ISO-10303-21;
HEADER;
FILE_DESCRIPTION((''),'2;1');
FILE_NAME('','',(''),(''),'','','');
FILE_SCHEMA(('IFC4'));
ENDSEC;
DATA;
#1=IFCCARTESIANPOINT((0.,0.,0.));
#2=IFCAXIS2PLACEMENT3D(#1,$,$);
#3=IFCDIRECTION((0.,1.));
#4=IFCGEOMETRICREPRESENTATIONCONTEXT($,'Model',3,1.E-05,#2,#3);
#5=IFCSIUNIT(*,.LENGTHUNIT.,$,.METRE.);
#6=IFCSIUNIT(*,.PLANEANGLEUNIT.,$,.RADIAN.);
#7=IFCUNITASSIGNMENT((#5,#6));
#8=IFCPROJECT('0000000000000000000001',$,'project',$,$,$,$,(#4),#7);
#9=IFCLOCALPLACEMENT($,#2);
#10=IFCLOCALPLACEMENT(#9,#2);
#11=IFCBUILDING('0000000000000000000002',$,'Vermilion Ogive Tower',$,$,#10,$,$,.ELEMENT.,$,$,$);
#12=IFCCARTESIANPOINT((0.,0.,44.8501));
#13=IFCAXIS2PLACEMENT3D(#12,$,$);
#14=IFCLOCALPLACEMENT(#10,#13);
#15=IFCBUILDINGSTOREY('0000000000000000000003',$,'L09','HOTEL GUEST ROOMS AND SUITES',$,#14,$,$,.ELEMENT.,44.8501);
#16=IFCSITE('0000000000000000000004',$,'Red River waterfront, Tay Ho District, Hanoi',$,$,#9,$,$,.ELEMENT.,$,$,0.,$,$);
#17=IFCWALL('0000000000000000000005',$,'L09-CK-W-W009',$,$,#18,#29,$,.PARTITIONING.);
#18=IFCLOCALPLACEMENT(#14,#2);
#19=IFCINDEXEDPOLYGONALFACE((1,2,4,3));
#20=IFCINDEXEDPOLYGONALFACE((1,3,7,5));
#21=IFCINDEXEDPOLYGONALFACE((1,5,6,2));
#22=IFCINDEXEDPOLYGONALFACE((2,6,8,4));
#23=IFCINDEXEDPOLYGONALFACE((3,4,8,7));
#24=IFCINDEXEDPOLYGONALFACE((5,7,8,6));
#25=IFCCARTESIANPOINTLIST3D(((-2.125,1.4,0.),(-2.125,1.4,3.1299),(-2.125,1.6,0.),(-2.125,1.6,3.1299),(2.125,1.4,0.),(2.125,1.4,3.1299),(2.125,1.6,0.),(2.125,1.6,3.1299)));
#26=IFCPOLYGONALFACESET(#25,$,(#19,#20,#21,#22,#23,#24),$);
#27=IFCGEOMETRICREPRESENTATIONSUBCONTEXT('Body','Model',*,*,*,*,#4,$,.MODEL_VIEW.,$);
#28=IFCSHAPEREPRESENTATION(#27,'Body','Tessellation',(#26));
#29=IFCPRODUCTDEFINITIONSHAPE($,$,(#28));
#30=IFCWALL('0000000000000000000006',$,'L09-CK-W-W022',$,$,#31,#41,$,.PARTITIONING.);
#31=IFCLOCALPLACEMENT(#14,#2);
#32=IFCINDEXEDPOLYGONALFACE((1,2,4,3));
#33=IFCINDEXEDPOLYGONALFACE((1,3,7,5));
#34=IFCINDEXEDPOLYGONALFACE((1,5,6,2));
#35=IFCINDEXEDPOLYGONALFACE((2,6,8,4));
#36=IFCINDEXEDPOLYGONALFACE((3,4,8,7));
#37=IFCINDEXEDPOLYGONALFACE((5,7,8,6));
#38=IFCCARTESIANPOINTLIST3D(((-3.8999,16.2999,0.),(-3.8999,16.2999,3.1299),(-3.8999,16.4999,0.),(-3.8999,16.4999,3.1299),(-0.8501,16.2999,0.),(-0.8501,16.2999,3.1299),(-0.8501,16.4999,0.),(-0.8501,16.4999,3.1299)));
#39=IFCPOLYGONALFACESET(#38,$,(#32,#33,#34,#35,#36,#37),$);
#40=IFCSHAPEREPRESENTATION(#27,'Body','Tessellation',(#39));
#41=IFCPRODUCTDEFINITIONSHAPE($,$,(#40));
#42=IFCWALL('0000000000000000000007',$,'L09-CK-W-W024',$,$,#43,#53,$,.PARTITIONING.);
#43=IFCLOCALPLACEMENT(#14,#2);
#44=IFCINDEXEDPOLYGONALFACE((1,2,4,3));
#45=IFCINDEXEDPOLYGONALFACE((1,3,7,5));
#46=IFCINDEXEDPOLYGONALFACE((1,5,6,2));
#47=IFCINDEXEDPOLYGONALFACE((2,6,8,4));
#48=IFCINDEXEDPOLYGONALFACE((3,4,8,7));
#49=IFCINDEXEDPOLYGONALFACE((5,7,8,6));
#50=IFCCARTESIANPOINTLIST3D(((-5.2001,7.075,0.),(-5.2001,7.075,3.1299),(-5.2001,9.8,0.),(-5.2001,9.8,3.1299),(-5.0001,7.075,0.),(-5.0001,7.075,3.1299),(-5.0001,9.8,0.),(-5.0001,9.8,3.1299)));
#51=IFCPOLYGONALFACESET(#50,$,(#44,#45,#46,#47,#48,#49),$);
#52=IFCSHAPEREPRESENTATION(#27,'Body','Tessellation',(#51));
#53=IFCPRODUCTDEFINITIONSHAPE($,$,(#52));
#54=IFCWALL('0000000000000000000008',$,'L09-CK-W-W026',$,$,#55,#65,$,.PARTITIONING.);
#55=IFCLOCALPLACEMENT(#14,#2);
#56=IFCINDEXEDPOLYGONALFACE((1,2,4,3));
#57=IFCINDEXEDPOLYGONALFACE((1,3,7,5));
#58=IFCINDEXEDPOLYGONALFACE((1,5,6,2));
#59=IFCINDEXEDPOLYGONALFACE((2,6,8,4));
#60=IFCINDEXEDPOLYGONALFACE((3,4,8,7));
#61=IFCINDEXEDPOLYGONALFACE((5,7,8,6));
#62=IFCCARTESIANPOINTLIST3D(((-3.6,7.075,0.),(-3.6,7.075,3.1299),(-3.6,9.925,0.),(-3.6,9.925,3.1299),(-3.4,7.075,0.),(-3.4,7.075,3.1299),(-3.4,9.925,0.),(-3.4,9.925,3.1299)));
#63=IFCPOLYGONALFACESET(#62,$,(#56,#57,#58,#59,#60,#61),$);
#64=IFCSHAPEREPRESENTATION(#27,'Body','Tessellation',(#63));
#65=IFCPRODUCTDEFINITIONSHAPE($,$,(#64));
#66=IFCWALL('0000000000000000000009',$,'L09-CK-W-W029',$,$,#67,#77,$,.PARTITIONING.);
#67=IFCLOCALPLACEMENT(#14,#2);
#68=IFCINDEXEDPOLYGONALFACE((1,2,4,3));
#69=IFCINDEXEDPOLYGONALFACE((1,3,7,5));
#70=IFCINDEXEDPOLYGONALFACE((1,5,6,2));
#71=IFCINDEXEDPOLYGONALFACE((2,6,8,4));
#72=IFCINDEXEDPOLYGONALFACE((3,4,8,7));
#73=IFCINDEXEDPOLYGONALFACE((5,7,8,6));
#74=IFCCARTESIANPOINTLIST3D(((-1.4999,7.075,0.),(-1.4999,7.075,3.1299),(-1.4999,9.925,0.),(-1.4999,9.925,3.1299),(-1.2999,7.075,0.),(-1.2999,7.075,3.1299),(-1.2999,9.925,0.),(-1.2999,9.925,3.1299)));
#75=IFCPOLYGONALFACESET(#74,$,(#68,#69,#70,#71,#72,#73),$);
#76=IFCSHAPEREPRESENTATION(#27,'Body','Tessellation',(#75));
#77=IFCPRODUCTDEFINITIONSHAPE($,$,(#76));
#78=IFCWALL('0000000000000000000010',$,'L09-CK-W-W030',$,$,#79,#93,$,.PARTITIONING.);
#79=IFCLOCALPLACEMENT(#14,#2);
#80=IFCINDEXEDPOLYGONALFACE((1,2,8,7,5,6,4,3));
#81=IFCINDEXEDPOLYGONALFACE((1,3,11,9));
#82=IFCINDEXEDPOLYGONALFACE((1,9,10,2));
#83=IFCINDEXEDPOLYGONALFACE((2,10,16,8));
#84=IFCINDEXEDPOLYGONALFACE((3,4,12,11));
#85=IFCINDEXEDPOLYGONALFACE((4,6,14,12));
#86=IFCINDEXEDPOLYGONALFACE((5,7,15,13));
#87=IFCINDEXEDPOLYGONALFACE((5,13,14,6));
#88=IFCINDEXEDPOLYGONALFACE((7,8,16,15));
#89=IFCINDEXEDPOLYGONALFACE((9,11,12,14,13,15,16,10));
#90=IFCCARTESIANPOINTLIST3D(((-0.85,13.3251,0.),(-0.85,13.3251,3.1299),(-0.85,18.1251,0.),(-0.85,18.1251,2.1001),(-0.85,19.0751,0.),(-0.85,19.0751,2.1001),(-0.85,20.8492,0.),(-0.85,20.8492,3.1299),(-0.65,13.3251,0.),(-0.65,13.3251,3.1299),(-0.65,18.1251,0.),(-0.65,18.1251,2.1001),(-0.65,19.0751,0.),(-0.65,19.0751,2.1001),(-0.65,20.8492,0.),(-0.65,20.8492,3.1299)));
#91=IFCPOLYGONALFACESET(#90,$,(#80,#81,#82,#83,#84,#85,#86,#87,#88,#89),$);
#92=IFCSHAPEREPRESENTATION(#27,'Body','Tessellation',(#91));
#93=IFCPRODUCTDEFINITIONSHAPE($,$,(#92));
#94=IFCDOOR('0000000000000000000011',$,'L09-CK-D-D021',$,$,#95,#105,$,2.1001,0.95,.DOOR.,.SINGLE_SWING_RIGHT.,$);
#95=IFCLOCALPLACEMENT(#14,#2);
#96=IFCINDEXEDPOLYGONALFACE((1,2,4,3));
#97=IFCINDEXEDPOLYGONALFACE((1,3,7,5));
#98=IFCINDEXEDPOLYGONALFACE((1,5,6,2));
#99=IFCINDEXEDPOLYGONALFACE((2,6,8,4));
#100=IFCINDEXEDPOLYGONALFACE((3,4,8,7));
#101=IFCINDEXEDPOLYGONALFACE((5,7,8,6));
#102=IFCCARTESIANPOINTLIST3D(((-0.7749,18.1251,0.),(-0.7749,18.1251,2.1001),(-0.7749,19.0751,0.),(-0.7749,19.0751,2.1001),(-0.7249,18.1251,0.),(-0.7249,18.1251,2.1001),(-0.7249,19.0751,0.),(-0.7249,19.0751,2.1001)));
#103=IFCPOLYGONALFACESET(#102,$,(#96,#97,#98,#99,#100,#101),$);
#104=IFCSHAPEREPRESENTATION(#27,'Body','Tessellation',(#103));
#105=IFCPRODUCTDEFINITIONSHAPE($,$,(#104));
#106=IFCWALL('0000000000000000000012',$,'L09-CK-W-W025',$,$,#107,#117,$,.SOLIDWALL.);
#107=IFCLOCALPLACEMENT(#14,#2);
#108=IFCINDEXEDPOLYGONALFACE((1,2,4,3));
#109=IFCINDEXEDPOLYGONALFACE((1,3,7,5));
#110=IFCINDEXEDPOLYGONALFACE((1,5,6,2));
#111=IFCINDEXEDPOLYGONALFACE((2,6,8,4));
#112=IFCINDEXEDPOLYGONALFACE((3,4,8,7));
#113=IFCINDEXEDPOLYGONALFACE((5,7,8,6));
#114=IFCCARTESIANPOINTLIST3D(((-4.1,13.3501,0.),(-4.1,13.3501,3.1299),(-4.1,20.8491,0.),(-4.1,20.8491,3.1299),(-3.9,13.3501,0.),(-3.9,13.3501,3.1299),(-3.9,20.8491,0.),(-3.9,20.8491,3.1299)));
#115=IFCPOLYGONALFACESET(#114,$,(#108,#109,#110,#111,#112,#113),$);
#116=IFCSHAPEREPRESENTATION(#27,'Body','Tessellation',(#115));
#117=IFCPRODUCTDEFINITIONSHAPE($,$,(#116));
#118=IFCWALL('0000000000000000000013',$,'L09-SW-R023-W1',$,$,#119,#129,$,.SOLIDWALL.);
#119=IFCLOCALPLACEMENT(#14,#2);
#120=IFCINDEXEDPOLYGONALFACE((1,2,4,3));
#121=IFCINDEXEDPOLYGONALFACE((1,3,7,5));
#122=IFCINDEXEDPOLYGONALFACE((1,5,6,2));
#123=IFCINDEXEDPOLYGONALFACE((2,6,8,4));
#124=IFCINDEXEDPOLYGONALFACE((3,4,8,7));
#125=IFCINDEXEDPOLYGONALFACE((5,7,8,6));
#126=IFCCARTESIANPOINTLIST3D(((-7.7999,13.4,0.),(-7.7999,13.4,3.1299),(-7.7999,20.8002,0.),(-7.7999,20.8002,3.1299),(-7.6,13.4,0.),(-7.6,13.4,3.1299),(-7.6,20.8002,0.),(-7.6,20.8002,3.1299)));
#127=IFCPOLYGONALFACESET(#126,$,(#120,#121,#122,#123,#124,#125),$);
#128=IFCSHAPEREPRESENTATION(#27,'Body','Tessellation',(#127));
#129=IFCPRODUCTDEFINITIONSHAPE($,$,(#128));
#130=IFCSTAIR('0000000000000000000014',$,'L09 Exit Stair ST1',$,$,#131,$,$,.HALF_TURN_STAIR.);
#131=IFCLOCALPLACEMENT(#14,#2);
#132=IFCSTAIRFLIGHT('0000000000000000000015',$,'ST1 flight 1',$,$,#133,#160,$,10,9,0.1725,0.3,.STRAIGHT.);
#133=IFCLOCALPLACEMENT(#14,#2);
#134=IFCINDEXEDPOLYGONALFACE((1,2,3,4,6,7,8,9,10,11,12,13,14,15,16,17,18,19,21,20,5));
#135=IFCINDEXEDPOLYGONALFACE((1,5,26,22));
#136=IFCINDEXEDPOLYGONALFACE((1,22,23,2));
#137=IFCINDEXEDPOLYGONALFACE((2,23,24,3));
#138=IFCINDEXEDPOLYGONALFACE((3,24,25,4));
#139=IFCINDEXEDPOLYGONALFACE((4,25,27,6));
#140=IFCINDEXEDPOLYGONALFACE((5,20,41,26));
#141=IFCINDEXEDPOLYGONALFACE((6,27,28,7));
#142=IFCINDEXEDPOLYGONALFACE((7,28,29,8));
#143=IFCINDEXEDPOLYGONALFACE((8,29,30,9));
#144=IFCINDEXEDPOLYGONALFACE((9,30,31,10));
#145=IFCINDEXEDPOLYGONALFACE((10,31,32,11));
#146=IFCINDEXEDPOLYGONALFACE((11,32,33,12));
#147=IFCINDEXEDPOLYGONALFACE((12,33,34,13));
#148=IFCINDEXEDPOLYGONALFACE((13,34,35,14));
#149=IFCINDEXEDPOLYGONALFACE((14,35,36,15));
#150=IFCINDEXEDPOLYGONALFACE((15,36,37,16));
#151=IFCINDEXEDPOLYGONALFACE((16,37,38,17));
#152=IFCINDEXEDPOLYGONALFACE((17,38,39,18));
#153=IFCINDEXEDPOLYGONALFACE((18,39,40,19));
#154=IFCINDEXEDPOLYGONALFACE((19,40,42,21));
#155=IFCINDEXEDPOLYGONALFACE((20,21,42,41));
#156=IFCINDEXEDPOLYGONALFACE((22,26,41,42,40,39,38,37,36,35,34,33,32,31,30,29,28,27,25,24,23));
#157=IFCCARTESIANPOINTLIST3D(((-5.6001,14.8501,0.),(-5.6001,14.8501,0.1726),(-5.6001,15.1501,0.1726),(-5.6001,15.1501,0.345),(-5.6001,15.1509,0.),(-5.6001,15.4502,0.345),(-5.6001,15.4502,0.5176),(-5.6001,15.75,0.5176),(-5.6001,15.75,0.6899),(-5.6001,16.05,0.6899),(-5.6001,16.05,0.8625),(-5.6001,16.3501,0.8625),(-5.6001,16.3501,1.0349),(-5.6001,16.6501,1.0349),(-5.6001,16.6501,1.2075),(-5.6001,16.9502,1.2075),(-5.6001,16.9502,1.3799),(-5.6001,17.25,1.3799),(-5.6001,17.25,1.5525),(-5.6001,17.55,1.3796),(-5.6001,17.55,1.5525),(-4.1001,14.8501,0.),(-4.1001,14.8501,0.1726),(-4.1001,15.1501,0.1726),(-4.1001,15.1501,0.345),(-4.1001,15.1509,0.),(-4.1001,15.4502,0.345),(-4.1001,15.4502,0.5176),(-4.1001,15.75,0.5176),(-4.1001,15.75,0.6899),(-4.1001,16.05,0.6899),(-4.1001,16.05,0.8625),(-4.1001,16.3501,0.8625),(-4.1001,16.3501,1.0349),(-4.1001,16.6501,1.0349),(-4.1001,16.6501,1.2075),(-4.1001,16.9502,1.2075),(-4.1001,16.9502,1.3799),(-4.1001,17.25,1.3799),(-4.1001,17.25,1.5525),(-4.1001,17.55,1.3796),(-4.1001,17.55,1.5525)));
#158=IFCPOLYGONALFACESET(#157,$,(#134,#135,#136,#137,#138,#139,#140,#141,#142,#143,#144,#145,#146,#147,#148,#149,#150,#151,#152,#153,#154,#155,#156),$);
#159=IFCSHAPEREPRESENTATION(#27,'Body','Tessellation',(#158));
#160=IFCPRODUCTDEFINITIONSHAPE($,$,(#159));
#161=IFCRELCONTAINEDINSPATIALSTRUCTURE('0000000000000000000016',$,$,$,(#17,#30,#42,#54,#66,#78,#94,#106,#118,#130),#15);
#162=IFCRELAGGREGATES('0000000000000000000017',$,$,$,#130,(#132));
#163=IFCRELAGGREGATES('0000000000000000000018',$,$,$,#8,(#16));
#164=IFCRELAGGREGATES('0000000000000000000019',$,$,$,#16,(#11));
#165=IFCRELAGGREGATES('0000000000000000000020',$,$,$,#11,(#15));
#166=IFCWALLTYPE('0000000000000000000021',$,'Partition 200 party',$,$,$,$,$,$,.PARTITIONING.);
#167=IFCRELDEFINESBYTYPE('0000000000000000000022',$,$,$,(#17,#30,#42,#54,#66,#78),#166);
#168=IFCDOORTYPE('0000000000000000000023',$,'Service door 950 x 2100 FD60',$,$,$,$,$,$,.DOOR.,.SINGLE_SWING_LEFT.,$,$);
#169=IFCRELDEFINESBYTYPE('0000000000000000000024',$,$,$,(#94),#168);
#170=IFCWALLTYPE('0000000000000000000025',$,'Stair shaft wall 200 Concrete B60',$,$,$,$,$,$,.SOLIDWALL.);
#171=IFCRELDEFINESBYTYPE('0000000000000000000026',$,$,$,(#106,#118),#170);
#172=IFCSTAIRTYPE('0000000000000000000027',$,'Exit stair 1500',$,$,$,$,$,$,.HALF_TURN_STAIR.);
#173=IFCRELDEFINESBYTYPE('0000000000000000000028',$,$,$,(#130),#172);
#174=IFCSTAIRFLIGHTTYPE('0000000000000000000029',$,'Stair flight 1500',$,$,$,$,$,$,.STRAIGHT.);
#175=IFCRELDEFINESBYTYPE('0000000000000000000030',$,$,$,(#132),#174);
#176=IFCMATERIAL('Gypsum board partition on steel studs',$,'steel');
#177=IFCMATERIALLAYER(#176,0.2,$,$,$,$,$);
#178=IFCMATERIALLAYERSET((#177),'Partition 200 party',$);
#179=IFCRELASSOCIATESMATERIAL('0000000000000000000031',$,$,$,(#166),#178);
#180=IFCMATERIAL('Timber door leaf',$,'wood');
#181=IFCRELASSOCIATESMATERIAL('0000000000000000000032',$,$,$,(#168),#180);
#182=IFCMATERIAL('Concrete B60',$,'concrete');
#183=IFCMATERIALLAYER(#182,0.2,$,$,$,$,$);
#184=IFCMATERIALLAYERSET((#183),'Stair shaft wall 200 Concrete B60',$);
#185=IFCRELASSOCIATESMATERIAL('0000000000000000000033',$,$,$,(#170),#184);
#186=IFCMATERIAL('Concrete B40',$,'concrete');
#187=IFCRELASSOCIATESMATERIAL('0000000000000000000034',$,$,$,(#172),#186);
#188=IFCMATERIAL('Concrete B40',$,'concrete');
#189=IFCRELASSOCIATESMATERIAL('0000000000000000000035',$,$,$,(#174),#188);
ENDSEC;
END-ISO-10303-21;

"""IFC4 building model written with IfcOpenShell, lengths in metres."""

from ifc_helpers import new_model, si_unit, direction, frame, frame_2d, origin, place, context, subcontext, project, spatial, polyline, rectangle, outline, extrude, material, layer, layer_set, type_object, element, fill, aggregate, save


model = new_model("IFC4")

# Units and contexts
model_context = context("Model", 3, precision=1e-05, world=origin(), true_north=direction((0.0, 1.0)))
body_context = subcontext(model_context, "Body", "Model", "MODEL_VIEW")
ifc_project = project(units=[si_unit("LENGTHUNIT", "METRE"), si_unit("PLANEANGLEUNIT", "RADIAN")], contexts=[model_context])

# Site, building, storey
site_placement = place(None, origin())
site = spatial("IfcSite", under=ifc_project, at=site_placement, Name="Red River waterfront, Tay Ho District, Hanoi", CompositionType="ELEMENT", RefElevation=0.0)
building_placement = place(site_placement, origin())
building = spatial("IfcBuilding", under=site, at=building_placement, Name="Vermilion Ogive Tower", CompositionType="ELEMENT")
storey_placement = place(building_placement, frame((0.0, 0.0, 44.8501)))
storey = spatial("IfcBuildingStorey", under=building, at=storey_placement, Name="L09", Description="HOTEL GUEST ROOMS AND SUITES", CompositionType="ELEMENT", Elevation=44.8501)

# Walls
ifc_material_1 = material(Name="Gypsum board partition on steel studs", Category="steel")
ifc_layer_1 = layer(ifc_material_1, 0.2)
ifc_layer_set_1 = layer_set([ifc_layer_1], Name="Partition 200 party")
wall_type_1 = type_object("IfcWallType", Name="Partition 200 party", PredefinedType="PARTITIONING", material=ifc_layer_set_1)
wall_1_placement = place(storey_placement, frame((-2.125, 1.5, 0.0), z_axis=(0.0, 0.0, 1.0), x_axis=(1.0, 0.0, 0.0)))
element("IfcWall", 1, at=wall_1_placement, inside=storey, type_object=wall_type_1, Name="L09-CK-W-W009", PredefinedType="PARTITIONING", context=body_context, shape_type="SweptSolid", body=[
    extrude(rectangle(XDim=4.25, YDim=0.2, at=frame_2d((2.125, 0.0))), origin(), (0.0, 0.0, 1.0), 3.1299),
])
wall_2_placement = place(storey_placement, frame((-3.8999, 16.3999, 0.0), z_axis=(0.0, 0.0, 1.0), x_axis=(1.0, 0.0, 0.0)))
element("IfcWall", 2, at=wall_2_placement, inside=storey, type_object=wall_type_1, Name="L09-CK-W-W022", PredefinedType="PARTITIONING", context=body_context, shape_type="SweptSolid", body=[
    extrude(rectangle(XDim=3.0498, YDim=0.2, at=frame_2d((1.5249, 0.0))), origin(), (0.0, 0.0, 1.0), 3.1299),
])
wall_3_placement = place(storey_placement, frame((-5.1001, 7.075, 0.0), z_axis=(0.0, 0.0, 1.0), x_axis=(0.0, 1.0, 0.0)))
element("IfcWall", 3, at=wall_3_placement, inside=storey, type_object=wall_type_1, Name="L09-CK-W-W024", PredefinedType="PARTITIONING", context=body_context, shape_type="SweptSolid", body=[
    extrude(rectangle(XDim=2.7251, YDim=0.2, at=frame_2d((1.3625, 0.0))), origin(), (0.0, 0.0, 1.0), 3.1299),
])
for number, where, z_axis, x_axis, name in (
    (4, (-3.5, 7.075, 0.0), (0.0, 0.0, 1.0), (0.0, 1.0, 0.0), "L09-CK-W-W026"),
    (5, (-1.3999, 7.075, 0.0), (0.0, 0.0, 1.0), (0.0, 1.0, 0.0), "L09-CK-W-W029"),
):
    element("IfcWall", number, at=place(storey_placement, frame(where, z_axis=z_axis, x_axis=x_axis)), inside=storey, type_object=wall_type_1, Name=name, PredefinedType="PARTITIONING", context=body_context, shape_type="SweptSolid", body=[
        extrude(rectangle(XDim=2.8501, YDim=0.2, at=frame_2d((1.425, 0.0))), origin(), (0.0, 0.0, 1.0), 3.1299),
    ])

# Wall, opening, door
wall_4_placement = place(storey_placement, frame((-0.75, 13.325, 0.0), z_axis=(0.0, 0.0, 1.0), x_axis=(0.0, 1.0, 0.0)))
wall_4 = element("IfcWall", 6, at=wall_4_placement, inside=storey, type_object=wall_type_1, Name="L09-CK-W-W030", PredefinedType="PARTITIONING", context=body_context, shape_type="SweptSolid", body=[
    extrude(rectangle(XDim=7.5242, YDim=0.2, at=frame_2d((3.7622, 0.0))), origin(), (0.0, 0.0, 1.0), 3.1299),
])
opening_1_placement = place(wall_4_placement, frame((4.8, 0.0, 0.0)))
opening_1 = element("IfcOpeningElement", 7, at=opening_1_placement, cuts=wall_4, PredefinedType="OPENING", context=body_context, shape_type="SweptSolid", body=[
    extrude(rectangle(XDim=0.95, YDim=2.1001, at=frame_2d((0.4751, 1.05))), frame((0.0, 0.1099, 0.0), z_axis=(0.0, -1.0, 0.0), x_axis=(1.0, 0.0, 0.0)), (0.0, 0.0, 1.0), 0.22),
])
ifc_material_2 = material(Name="Timber door leaf", Category="wood")
door_type_1 = type_object("IfcDoorType", Name="Service door 950 x 2100 FD60", OperationType="SINGLE_SWING_LEFT", PredefinedType="DOOR", material=ifc_material_2)
door_1_placement = place(opening_1_placement, origin())
door_1 = element("IfcDoor", 8, at=door_1_placement, inside=storey, type_object=door_type_1, Name="L09-CK-D-D021", OperationType="SINGLE_SWING_RIGHT", OverallHeight=2.1001, OverallWidth=0.95, PredefinedType="DOOR", context=body_context, shape_type="SweptSolid", body=[
    extrude(rectangle(XDim=0.95, YDim=2.1001, at=frame_2d((0.4751, 1.05))), frame((0.0, 0.0249, 0.0), z_axis=(0.0, -1.0, 0.0), x_axis=(1.0, 0.0, 0.0)), (0.0, 0.0, 1.0), 0.05),
])
fill(opening_1, door_1)

# Walls
ifc_material_3 = material(Name="Concrete B60", Category="concrete")
ifc_layer_2 = layer(ifc_material_3, 0.2)
ifc_layer_set_2 = layer_set([ifc_layer_2], Name="Stair shaft wall 200 Concrete B60")
wall_type_2 = type_object("IfcWallType", Name="Stair shaft wall 200 Concrete B60", PredefinedType="SOLIDWALL", material=ifc_layer_set_2)
wall_5_placement = place(storey_placement, frame((-4.0, 13.3501, 0.0), z_axis=(0.0, 0.0, 1.0), x_axis=(0.0, 1.0, 0.0)))
element("IfcWall", 9, at=wall_5_placement, inside=storey, type_object=wall_type_2, Name="L09-CK-W-W025", PredefinedType="SOLIDWALL", context=body_context, shape_type="SweptSolid", body=[
    extrude(rectangle(XDim=7.499, YDim=0.2, at=frame_2d((3.7495, 0.0))), origin(), (0.0, 0.0, 1.0), 3.1299),
])
wall_6_placement = place(storey_placement, frame((-7.7, 13.3999, 0.0), z_axis=(0.0, 0.0, 1.0), x_axis=(0.0, 1.0, 0.0)))
element("IfcWall", 10, at=wall_6_placement, inside=storey, type_object=wall_type_2, Name="L09-SW-R023-W1", PredefinedType="SOLIDWALL", context=body_context, shape_type="SweptSolid", body=[
    extrude(rectangle(XDim=7.4001, YDim=0.2, at=frame_2d((3.7002, 0.0))), origin(), (0.0, 0.0, 1.0), 3.1299),
])

# Stair, stair flight
ifc_material_4 = material(Name="Concrete B40", Category="concrete")
stair_type = type_object("IfcStairType", Name="Exit stair 1500", PredefinedType="HALF_TURN_STAIR", material=ifc_material_4)
stair_placement = place(storey_placement, origin())
stair = element("IfcStair", 11, at=stair_placement, inside=storey, type_object=stair_type, Name="L09 Exit Stair ST1", PredefinedType="HALF_TURN_STAIR")
ifc_material_5 = material(Name="Concrete B40", Category="concrete")
stair_flight_type = type_object("IfcStairFlightType", Name="Stair flight 1500", PredefinedType="STRAIGHT", material=ifc_material_5)
stair_flight_1_placement = place(storey_placement, frame((-4.8501, 14.8501, 0.0), z_axis=(0.0, 0.0, 1.0), x_axis=(0.0, 1.0, 0.0)))
stair_flight_1 = element("IfcStairFlight", 12, at=stair_flight_1_placement, type_object=stair_flight_type, Name="ST1 flight 1", NumberOfRisers=10, NumberOfTreads=9, PredefinedType="STRAIGHT", RiserHeight=0.1725, TreadLength=0.3, context=body_context, shape_type="SweptSolid", body=[
    extrude(outline(polyline([(0.0, 0.0), (0.0, 0.1726), (0.3, 0.1726), (0.3, 0.345), (0.6001, 0.345), (0.6001, 0.5176), (0.8999, 0.5176), (0.8999, 0.6899), (1.2, 0.6899), (1.2, 0.8625), (1.5, 0.8625), (1.5, 1.0349), (1.8, 1.0349), (1.8, 1.2075), (2.1001, 1.2075), (2.1001, 1.3799), (2.3999, 1.3799), (2.3999, 1.5525), (2.7, 1.5525), (2.7, 1.7251), (2.7, 1.3796), (0.3008, 0.0), (0.0, 0.0)])), frame((0.0, 0.75, 0.0), z_axis=(0.0, -1.0, 0.0), x_axis=(1.0, 0.0, 0.0)), (0.0, 0.0, 1.0), 1.5),
])
aggregate(stair, [stair_flight_1])

save(model, "model.ifc")
